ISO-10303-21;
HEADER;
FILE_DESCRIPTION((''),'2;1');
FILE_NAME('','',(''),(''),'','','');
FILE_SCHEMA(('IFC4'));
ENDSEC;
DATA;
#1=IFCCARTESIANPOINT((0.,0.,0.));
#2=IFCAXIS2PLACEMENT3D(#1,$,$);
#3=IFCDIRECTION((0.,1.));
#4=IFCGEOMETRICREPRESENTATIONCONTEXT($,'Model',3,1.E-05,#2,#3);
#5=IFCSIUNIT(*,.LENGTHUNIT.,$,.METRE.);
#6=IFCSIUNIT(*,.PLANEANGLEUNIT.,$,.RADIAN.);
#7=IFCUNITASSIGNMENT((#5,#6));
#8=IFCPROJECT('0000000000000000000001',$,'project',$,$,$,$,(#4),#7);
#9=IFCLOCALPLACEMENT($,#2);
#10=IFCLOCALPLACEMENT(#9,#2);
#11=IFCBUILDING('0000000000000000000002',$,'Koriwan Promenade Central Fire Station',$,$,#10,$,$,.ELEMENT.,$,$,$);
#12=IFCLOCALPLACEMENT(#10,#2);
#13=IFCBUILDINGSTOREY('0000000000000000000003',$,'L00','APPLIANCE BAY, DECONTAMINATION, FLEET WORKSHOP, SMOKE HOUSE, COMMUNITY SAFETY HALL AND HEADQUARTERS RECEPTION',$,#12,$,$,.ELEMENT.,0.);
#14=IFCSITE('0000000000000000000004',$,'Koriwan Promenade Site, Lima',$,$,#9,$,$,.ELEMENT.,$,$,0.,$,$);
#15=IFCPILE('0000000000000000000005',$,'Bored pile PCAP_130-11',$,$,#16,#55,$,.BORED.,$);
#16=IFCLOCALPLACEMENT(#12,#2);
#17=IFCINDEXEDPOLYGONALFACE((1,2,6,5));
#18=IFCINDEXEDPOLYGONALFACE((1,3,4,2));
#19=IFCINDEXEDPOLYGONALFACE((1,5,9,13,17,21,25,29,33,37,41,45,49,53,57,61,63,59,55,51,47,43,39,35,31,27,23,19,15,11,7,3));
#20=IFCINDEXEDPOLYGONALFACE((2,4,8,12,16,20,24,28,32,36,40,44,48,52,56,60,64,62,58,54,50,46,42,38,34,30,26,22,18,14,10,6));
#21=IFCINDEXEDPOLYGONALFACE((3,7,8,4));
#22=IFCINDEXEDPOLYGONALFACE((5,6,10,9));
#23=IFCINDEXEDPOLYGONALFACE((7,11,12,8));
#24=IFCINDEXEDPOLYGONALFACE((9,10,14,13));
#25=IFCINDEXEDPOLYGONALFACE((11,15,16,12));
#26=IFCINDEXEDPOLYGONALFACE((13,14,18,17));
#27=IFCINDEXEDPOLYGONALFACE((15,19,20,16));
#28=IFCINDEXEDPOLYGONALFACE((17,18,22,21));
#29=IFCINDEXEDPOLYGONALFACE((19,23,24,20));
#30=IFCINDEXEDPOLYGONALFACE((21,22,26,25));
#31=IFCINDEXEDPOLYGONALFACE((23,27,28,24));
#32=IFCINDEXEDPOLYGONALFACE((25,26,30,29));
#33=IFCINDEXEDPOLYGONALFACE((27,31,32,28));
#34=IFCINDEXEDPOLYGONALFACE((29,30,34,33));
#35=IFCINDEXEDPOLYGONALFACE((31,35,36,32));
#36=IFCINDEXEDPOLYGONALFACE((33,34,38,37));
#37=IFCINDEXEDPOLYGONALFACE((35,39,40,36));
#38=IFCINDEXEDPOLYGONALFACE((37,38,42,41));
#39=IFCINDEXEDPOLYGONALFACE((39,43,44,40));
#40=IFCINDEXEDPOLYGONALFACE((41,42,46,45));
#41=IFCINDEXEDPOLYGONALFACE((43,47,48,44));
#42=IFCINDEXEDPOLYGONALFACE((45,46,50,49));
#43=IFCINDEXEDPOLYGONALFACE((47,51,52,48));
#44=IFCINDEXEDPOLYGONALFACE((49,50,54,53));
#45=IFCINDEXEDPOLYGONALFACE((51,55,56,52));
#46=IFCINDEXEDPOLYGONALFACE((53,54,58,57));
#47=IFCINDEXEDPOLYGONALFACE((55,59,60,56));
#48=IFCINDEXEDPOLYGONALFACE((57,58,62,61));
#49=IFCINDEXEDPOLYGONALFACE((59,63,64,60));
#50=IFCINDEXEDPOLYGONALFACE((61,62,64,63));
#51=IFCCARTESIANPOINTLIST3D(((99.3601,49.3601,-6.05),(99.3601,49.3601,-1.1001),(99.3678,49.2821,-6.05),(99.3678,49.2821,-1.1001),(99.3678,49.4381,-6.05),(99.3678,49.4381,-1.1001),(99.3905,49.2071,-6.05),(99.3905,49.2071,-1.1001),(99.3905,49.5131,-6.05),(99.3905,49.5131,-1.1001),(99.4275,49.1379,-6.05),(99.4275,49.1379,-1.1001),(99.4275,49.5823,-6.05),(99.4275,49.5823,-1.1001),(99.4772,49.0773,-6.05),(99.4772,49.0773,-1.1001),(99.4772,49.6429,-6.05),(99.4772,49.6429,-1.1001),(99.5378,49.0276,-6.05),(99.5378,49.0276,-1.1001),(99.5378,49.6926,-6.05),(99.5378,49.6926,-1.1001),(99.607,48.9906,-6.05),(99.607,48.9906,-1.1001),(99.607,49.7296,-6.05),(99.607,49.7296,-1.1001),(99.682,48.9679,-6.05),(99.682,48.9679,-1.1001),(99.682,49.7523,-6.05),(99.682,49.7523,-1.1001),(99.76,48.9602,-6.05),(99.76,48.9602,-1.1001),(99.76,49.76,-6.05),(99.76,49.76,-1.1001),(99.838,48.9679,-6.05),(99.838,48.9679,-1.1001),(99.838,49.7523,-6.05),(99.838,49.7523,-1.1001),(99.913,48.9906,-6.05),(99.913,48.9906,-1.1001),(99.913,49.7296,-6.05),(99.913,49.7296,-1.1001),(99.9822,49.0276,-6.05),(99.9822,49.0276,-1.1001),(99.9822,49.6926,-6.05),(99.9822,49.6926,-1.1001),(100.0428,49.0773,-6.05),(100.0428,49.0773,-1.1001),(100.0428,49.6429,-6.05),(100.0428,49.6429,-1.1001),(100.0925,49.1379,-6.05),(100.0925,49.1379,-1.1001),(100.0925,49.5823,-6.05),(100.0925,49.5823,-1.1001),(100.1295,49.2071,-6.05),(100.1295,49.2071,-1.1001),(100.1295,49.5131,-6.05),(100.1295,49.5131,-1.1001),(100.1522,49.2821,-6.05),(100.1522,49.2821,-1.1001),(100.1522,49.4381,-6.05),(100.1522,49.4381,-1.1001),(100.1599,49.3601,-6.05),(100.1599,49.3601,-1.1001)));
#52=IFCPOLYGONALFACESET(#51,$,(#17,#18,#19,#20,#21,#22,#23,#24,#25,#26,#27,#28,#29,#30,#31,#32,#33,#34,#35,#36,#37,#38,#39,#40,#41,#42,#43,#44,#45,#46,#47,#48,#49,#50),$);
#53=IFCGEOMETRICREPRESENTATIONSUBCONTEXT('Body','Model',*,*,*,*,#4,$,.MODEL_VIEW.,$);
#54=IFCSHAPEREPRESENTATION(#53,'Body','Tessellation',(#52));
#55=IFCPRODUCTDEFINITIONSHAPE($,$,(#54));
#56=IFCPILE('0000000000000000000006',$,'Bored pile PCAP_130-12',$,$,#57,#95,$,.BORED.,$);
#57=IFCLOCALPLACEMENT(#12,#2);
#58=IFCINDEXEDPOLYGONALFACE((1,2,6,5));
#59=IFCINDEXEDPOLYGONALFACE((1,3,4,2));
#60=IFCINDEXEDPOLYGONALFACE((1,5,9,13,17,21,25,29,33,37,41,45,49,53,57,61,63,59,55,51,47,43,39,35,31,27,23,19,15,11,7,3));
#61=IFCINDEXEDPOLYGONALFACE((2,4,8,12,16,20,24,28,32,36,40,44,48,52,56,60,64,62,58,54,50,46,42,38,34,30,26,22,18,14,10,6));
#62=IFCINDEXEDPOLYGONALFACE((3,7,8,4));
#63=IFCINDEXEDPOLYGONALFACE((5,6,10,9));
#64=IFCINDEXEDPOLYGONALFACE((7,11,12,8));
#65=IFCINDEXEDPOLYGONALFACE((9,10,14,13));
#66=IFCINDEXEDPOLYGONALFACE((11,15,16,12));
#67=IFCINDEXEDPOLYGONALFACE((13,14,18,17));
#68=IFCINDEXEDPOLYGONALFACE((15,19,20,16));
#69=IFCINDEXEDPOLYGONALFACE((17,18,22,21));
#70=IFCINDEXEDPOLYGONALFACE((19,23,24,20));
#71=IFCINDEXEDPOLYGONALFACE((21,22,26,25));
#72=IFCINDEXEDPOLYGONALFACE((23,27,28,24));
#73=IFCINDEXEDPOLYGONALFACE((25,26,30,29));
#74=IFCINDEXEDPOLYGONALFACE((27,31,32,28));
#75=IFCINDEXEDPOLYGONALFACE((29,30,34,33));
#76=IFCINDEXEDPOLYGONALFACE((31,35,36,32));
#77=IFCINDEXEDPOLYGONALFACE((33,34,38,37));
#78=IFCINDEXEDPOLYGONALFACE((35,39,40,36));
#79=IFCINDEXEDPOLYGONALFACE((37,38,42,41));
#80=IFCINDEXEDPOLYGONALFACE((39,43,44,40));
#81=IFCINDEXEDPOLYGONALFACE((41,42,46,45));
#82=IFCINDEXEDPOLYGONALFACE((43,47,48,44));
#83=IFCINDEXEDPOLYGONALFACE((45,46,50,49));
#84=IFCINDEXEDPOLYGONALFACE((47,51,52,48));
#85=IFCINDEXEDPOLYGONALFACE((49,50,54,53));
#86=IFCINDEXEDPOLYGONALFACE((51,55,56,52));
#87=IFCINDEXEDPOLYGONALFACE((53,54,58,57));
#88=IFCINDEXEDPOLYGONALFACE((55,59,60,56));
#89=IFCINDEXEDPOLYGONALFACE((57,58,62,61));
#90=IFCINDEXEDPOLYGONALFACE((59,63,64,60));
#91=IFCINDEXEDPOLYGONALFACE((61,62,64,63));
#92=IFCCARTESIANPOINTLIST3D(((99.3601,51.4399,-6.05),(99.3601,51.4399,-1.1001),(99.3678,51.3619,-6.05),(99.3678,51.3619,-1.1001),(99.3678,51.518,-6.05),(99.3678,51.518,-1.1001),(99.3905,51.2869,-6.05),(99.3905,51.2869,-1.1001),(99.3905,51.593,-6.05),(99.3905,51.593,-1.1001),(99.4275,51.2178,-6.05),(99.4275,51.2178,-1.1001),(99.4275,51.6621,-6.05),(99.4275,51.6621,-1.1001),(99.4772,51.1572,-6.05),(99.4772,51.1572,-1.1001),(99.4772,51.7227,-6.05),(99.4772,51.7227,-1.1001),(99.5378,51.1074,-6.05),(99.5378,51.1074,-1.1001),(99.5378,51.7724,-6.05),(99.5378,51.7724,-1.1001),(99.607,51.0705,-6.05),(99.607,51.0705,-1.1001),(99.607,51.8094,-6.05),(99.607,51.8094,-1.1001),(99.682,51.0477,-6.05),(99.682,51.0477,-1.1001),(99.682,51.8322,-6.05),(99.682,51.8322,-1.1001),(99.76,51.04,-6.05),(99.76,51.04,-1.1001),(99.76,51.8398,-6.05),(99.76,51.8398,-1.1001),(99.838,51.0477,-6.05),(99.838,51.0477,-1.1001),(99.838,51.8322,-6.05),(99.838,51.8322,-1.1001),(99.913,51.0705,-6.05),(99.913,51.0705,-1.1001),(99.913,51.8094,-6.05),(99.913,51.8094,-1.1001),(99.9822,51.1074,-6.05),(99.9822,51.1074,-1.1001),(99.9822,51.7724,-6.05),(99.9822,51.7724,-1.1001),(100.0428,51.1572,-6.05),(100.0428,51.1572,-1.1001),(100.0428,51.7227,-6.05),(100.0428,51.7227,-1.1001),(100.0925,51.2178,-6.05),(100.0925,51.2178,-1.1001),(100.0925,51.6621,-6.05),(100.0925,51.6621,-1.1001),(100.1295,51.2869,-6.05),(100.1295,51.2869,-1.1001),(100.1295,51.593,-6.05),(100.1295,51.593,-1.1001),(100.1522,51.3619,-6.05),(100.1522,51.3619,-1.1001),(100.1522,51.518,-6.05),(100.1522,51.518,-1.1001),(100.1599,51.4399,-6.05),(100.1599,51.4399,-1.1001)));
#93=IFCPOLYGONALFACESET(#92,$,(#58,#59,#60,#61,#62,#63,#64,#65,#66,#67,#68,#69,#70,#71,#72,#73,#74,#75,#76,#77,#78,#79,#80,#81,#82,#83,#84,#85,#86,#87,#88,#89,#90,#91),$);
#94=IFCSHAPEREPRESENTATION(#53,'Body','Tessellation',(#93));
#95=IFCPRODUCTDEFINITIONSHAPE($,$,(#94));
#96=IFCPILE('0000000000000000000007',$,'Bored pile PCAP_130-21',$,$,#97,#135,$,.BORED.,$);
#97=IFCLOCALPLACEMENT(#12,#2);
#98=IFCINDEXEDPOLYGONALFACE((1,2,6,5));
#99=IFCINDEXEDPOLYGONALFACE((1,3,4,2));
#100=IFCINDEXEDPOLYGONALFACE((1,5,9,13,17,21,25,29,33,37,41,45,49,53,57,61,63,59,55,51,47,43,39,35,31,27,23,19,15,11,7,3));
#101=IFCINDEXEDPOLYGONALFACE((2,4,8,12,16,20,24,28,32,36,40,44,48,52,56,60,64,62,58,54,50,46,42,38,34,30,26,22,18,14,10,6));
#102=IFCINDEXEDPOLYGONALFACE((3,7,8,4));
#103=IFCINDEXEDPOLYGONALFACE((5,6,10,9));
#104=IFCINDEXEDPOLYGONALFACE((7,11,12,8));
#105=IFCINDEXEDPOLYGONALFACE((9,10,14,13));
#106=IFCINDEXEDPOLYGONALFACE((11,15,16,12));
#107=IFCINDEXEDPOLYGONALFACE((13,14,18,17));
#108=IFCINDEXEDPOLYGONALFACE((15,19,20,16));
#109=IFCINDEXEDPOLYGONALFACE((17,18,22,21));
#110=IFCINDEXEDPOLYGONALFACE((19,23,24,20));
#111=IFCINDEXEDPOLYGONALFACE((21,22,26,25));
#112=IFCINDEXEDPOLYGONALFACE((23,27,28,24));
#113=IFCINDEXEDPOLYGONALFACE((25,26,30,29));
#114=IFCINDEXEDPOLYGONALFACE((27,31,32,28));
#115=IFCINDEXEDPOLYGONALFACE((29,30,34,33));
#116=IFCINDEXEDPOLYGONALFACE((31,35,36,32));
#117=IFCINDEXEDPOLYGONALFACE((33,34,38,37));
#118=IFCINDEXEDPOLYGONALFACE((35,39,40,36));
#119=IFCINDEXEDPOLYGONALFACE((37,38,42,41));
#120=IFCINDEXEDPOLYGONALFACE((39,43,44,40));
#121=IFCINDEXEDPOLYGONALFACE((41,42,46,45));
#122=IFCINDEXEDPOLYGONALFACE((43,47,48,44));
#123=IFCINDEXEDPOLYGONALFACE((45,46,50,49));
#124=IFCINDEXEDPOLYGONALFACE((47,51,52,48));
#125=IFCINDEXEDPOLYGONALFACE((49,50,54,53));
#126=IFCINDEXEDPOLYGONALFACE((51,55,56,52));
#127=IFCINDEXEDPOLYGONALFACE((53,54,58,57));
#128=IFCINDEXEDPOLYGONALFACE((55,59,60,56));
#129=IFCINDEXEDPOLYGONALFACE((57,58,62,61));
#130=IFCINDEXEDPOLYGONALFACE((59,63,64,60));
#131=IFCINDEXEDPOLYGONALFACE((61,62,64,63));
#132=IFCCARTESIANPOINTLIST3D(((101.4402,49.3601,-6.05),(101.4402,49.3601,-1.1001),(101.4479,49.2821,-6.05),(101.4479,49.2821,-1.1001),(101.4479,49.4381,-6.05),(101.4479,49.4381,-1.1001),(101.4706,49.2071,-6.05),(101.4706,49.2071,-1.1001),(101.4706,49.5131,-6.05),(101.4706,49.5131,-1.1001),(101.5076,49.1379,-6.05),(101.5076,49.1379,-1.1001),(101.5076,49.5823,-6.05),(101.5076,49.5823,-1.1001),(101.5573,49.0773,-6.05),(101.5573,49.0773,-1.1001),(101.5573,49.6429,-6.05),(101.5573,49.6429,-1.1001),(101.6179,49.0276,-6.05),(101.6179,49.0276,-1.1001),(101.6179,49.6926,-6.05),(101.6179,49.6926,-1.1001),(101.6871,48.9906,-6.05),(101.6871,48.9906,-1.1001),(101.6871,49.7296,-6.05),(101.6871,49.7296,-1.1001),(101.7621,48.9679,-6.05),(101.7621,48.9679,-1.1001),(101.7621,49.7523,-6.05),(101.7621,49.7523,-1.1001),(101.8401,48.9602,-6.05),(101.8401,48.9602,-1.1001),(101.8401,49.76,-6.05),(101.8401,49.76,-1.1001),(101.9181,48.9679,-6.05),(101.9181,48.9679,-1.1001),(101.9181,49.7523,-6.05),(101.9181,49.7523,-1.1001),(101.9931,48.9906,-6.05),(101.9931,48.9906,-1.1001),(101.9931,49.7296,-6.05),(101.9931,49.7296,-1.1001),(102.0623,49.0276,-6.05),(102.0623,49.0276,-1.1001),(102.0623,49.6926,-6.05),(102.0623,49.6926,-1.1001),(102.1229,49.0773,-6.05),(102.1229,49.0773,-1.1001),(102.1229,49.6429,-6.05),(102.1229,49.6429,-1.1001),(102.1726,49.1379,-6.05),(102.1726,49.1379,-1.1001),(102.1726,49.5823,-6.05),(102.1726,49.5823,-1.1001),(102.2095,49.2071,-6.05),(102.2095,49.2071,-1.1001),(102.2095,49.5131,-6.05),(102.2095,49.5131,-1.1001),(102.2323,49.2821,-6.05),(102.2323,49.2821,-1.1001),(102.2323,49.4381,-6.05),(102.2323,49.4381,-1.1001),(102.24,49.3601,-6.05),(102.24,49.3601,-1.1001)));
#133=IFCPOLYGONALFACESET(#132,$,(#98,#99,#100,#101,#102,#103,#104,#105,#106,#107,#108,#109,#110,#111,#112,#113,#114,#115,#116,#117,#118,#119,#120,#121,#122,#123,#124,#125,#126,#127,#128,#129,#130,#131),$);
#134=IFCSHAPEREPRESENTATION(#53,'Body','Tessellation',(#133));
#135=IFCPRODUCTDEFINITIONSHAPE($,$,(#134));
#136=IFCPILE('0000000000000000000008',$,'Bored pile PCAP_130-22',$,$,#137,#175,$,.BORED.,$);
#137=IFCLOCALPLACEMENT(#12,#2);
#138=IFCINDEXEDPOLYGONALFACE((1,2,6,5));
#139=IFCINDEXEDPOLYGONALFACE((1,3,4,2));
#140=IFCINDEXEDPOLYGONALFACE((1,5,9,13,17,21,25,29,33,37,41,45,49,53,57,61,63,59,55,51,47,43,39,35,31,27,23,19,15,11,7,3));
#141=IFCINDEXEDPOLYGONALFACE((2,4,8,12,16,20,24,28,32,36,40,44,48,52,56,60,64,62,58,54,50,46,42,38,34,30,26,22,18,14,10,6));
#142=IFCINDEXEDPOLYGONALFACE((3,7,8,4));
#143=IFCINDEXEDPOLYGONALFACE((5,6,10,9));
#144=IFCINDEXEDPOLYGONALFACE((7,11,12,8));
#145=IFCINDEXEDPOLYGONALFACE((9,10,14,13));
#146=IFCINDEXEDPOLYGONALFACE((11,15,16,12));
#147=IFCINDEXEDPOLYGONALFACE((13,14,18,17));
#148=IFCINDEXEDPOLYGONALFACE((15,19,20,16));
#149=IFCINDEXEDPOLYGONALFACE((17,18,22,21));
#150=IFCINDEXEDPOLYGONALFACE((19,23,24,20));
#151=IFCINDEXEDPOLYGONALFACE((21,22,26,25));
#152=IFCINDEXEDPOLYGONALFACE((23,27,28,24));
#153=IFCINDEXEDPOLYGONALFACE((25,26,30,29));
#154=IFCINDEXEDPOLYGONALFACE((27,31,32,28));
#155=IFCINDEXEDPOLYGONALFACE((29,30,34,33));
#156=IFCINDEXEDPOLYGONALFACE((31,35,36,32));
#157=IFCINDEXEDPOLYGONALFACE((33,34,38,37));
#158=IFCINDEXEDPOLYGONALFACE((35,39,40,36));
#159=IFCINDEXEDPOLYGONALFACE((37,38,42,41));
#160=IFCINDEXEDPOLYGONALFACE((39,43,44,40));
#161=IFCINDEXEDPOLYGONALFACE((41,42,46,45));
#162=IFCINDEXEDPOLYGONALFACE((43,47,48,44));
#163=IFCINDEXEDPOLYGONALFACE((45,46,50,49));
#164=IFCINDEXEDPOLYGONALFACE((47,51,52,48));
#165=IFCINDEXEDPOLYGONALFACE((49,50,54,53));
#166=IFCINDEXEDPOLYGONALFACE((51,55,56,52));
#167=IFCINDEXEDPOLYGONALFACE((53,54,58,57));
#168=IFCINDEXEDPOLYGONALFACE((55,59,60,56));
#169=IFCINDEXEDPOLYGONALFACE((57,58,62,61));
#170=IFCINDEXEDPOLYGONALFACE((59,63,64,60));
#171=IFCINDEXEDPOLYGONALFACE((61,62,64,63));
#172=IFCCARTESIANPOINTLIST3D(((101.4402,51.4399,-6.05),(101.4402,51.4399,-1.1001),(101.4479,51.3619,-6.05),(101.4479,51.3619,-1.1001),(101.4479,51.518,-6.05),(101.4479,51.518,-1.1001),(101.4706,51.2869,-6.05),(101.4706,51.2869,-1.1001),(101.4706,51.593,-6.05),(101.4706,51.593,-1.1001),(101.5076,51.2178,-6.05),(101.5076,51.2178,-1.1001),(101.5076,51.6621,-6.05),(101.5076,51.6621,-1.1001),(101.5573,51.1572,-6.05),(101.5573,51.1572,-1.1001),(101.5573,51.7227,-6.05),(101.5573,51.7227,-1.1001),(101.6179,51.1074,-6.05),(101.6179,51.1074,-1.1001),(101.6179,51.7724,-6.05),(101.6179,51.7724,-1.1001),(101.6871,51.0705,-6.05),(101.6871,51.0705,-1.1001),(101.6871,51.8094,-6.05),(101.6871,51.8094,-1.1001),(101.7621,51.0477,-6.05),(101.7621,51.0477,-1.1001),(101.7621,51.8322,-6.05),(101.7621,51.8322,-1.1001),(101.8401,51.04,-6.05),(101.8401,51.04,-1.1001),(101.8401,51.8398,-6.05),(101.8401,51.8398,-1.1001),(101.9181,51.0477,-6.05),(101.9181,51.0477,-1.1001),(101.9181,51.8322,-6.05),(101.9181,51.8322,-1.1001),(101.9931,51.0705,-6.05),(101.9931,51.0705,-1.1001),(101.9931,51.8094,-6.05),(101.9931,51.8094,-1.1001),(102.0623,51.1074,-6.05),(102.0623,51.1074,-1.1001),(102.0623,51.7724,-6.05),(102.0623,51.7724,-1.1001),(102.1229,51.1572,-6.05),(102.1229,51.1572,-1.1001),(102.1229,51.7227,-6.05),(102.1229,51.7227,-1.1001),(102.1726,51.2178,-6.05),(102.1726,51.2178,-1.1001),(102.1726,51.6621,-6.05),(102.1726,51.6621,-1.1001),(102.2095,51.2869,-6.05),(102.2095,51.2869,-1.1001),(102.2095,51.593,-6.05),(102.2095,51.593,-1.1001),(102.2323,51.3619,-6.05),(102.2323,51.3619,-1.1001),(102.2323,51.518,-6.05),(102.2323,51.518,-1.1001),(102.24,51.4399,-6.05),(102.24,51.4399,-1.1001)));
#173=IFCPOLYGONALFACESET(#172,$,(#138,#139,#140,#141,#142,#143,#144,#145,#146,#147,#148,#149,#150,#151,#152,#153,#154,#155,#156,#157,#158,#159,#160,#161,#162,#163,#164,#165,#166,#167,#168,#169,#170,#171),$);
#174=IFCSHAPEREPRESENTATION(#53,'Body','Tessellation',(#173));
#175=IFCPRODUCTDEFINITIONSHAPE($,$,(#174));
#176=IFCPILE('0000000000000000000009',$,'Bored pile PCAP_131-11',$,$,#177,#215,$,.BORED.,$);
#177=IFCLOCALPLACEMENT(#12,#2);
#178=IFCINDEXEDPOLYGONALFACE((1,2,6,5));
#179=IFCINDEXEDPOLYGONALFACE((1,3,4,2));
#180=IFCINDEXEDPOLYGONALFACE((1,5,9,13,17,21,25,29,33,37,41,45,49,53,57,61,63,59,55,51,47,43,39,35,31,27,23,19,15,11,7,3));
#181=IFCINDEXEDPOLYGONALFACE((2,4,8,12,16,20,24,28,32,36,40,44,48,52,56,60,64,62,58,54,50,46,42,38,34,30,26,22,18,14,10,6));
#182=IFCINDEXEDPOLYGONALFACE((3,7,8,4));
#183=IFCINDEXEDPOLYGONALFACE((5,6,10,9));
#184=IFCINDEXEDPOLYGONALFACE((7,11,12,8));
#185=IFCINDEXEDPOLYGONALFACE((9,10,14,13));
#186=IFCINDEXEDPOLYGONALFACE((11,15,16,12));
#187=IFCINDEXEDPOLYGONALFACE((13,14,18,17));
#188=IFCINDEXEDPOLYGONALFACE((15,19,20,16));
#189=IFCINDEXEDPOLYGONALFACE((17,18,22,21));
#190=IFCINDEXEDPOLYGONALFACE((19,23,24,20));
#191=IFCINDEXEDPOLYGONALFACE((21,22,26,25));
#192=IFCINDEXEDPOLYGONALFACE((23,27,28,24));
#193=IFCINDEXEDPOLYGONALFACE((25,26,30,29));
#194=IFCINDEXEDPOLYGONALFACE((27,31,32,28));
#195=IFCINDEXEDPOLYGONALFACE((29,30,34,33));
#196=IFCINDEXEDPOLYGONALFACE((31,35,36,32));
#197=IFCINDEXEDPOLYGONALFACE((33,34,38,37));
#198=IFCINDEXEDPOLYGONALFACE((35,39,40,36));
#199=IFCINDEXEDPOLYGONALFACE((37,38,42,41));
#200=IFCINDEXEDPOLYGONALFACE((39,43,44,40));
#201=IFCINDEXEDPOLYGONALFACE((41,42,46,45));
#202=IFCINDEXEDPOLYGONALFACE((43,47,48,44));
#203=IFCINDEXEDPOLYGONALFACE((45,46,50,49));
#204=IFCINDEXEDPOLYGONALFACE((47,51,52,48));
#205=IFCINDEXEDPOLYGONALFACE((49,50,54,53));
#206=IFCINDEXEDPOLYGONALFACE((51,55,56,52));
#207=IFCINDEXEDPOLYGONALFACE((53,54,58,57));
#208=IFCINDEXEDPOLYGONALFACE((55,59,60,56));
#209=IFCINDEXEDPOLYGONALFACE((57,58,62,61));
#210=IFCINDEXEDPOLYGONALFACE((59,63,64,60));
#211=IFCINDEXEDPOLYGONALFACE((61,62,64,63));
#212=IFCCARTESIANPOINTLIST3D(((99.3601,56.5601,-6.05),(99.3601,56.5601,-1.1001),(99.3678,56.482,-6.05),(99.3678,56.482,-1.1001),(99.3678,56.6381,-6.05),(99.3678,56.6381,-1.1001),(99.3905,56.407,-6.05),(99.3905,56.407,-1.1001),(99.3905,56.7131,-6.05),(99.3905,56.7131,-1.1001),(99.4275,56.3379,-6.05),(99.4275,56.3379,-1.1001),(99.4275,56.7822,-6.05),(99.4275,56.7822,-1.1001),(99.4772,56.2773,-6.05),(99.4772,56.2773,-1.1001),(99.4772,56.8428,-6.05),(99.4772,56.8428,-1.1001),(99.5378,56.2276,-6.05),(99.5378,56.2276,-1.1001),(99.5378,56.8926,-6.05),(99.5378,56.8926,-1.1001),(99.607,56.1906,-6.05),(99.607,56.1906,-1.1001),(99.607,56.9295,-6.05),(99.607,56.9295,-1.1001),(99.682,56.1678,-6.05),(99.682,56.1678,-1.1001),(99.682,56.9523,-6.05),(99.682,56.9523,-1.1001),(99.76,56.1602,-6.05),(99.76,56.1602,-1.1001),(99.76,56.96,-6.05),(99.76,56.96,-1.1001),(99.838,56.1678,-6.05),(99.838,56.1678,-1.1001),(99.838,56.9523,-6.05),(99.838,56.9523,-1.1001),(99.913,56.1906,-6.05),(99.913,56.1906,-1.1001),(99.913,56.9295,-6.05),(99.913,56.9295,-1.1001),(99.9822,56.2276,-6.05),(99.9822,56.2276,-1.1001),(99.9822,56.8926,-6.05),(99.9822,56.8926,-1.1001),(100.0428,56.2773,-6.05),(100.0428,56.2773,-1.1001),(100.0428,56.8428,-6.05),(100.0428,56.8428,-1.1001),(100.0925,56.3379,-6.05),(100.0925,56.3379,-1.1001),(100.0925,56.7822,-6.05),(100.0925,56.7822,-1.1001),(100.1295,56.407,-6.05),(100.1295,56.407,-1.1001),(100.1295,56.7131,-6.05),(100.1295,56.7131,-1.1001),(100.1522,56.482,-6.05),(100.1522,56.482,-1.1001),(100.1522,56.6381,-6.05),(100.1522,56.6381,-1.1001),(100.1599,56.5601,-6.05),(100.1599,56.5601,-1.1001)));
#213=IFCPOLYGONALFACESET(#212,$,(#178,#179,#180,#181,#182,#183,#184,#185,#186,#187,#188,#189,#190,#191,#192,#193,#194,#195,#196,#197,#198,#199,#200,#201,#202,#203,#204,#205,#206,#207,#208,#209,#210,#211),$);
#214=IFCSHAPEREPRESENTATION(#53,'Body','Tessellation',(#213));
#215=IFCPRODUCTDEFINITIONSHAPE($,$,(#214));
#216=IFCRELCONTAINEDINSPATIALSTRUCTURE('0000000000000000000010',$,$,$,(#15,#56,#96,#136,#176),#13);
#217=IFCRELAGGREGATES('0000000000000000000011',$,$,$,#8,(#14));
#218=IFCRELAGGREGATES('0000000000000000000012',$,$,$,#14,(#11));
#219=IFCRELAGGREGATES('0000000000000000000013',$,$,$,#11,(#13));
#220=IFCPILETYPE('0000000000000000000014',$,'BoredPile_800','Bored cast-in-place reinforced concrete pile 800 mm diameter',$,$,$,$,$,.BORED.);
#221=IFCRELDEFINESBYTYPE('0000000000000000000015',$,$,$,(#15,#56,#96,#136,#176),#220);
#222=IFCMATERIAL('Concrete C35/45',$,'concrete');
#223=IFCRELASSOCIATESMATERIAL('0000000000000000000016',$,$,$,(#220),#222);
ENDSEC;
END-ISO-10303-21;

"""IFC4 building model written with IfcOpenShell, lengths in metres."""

from ifc_helpers import new_model, si_unit, direction, frame, origin, origin_2d, place, context, subcontext, project, spatial, circle, extrude, material, material_profile, profile_set, type_object, element, save


model = new_model("IFC4")

# Units and contexts
model_context = context("Model", 3, precision=1e-05, world=origin(), true_north=direction((0.0, 1.0)))
body_context = subcontext(model_context, "Body", "Model", "MODEL_VIEW")
ifc_project = project(units=[si_unit("LENGTHUNIT", "METRE"), si_unit("PLANEANGLEUNIT", "RADIAN")], contexts=[model_context])

# Site, building, storey
site_placement = place(None, origin())
site = spatial("IfcSite", under=ifc_project, at=site_placement, Name="Koriwan Promenade Site, Lima", CompositionType="ELEMENT", RefElevation=0.0)
building_placement = place(site_placement, origin())
building = spatial("IfcBuilding", under=site, at=building_placement, Name="Koriwan Promenade Central Fire Station", CompositionType="ELEMENT")
storey_placement = place(building_placement, origin())
storey = spatial("IfcBuildingStorey", under=building, at=storey_placement, Name="L00", Description="APPLIANCE BAY, DECONTAMINATION, FLEET WORKSHOP, SMOKE HOUSE, COMMUNITY SAFETY HALL AND HEADQUARTERS RECEPTION", CompositionType="ELEMENT", Elevation=0.0)

# Piles
ifc_material_1 = material(Name="Concrete C35/45", Category="concrete")
ifc_material_profile_1 = material_profile(ifc_material_1, circle(Radius=0.3999, at=origin_2d()), Name="PILE-D800")
ifc_profile_set_1 = profile_set([ifc_material_profile_1], Name="Concrete C35/45")
pile_type = type_object("IfcPileType", Name="BoredPile_800", Description="Bored cast-in-place reinforced concrete pile 800 mm diameter", PredefinedType="BORED", material=ifc_profile_set_1)
for number, where, z_axis, x_axis, name in (
    (1, (99.76, 49.3601, -1.1001), (0.0, 0.0, -1.0), (1.0, 0.0, 0.0), "Bored pile PCAP_130-11"),
    (2, (99.76, 51.4399, -1.1001), (0.0, 0.0, -1.0), (1.0, 0.0, 0.0), "Bored pile PCAP_130-12"),
    (3, (101.8401, 49.3601, -1.1001), (0.0, 0.0, -1.0), (1.0, 0.0, 0.0), "Bored pile PCAP_130-21"),
    (4, (101.8401, 51.4399, -1.1001), (0.0, 0.0, -1.0), (1.0, 0.0, 0.0), "Bored pile PCAP_130-22"),
    (5, (99.76, 56.5601, -1.1001), (0.0, 0.0, -1.0), (1.0, 0.0, 0.0), "Bored pile PCAP_131-11"),
):
    element("IfcPile", number, at=place(storey_placement, frame(where, z_axis=z_axis, x_axis=x_axis)), inside=storey, type_object=pile_type, Name=name, PredefinedType="BORED", context=body_context, shape_type="SweptSolid", body=[
        extrude(circle(Radius=0.3999, at=origin_2d()), origin(), (0.0, 0.0, 1.0), 4.95),
    ])

save(model, "model.ifc")
